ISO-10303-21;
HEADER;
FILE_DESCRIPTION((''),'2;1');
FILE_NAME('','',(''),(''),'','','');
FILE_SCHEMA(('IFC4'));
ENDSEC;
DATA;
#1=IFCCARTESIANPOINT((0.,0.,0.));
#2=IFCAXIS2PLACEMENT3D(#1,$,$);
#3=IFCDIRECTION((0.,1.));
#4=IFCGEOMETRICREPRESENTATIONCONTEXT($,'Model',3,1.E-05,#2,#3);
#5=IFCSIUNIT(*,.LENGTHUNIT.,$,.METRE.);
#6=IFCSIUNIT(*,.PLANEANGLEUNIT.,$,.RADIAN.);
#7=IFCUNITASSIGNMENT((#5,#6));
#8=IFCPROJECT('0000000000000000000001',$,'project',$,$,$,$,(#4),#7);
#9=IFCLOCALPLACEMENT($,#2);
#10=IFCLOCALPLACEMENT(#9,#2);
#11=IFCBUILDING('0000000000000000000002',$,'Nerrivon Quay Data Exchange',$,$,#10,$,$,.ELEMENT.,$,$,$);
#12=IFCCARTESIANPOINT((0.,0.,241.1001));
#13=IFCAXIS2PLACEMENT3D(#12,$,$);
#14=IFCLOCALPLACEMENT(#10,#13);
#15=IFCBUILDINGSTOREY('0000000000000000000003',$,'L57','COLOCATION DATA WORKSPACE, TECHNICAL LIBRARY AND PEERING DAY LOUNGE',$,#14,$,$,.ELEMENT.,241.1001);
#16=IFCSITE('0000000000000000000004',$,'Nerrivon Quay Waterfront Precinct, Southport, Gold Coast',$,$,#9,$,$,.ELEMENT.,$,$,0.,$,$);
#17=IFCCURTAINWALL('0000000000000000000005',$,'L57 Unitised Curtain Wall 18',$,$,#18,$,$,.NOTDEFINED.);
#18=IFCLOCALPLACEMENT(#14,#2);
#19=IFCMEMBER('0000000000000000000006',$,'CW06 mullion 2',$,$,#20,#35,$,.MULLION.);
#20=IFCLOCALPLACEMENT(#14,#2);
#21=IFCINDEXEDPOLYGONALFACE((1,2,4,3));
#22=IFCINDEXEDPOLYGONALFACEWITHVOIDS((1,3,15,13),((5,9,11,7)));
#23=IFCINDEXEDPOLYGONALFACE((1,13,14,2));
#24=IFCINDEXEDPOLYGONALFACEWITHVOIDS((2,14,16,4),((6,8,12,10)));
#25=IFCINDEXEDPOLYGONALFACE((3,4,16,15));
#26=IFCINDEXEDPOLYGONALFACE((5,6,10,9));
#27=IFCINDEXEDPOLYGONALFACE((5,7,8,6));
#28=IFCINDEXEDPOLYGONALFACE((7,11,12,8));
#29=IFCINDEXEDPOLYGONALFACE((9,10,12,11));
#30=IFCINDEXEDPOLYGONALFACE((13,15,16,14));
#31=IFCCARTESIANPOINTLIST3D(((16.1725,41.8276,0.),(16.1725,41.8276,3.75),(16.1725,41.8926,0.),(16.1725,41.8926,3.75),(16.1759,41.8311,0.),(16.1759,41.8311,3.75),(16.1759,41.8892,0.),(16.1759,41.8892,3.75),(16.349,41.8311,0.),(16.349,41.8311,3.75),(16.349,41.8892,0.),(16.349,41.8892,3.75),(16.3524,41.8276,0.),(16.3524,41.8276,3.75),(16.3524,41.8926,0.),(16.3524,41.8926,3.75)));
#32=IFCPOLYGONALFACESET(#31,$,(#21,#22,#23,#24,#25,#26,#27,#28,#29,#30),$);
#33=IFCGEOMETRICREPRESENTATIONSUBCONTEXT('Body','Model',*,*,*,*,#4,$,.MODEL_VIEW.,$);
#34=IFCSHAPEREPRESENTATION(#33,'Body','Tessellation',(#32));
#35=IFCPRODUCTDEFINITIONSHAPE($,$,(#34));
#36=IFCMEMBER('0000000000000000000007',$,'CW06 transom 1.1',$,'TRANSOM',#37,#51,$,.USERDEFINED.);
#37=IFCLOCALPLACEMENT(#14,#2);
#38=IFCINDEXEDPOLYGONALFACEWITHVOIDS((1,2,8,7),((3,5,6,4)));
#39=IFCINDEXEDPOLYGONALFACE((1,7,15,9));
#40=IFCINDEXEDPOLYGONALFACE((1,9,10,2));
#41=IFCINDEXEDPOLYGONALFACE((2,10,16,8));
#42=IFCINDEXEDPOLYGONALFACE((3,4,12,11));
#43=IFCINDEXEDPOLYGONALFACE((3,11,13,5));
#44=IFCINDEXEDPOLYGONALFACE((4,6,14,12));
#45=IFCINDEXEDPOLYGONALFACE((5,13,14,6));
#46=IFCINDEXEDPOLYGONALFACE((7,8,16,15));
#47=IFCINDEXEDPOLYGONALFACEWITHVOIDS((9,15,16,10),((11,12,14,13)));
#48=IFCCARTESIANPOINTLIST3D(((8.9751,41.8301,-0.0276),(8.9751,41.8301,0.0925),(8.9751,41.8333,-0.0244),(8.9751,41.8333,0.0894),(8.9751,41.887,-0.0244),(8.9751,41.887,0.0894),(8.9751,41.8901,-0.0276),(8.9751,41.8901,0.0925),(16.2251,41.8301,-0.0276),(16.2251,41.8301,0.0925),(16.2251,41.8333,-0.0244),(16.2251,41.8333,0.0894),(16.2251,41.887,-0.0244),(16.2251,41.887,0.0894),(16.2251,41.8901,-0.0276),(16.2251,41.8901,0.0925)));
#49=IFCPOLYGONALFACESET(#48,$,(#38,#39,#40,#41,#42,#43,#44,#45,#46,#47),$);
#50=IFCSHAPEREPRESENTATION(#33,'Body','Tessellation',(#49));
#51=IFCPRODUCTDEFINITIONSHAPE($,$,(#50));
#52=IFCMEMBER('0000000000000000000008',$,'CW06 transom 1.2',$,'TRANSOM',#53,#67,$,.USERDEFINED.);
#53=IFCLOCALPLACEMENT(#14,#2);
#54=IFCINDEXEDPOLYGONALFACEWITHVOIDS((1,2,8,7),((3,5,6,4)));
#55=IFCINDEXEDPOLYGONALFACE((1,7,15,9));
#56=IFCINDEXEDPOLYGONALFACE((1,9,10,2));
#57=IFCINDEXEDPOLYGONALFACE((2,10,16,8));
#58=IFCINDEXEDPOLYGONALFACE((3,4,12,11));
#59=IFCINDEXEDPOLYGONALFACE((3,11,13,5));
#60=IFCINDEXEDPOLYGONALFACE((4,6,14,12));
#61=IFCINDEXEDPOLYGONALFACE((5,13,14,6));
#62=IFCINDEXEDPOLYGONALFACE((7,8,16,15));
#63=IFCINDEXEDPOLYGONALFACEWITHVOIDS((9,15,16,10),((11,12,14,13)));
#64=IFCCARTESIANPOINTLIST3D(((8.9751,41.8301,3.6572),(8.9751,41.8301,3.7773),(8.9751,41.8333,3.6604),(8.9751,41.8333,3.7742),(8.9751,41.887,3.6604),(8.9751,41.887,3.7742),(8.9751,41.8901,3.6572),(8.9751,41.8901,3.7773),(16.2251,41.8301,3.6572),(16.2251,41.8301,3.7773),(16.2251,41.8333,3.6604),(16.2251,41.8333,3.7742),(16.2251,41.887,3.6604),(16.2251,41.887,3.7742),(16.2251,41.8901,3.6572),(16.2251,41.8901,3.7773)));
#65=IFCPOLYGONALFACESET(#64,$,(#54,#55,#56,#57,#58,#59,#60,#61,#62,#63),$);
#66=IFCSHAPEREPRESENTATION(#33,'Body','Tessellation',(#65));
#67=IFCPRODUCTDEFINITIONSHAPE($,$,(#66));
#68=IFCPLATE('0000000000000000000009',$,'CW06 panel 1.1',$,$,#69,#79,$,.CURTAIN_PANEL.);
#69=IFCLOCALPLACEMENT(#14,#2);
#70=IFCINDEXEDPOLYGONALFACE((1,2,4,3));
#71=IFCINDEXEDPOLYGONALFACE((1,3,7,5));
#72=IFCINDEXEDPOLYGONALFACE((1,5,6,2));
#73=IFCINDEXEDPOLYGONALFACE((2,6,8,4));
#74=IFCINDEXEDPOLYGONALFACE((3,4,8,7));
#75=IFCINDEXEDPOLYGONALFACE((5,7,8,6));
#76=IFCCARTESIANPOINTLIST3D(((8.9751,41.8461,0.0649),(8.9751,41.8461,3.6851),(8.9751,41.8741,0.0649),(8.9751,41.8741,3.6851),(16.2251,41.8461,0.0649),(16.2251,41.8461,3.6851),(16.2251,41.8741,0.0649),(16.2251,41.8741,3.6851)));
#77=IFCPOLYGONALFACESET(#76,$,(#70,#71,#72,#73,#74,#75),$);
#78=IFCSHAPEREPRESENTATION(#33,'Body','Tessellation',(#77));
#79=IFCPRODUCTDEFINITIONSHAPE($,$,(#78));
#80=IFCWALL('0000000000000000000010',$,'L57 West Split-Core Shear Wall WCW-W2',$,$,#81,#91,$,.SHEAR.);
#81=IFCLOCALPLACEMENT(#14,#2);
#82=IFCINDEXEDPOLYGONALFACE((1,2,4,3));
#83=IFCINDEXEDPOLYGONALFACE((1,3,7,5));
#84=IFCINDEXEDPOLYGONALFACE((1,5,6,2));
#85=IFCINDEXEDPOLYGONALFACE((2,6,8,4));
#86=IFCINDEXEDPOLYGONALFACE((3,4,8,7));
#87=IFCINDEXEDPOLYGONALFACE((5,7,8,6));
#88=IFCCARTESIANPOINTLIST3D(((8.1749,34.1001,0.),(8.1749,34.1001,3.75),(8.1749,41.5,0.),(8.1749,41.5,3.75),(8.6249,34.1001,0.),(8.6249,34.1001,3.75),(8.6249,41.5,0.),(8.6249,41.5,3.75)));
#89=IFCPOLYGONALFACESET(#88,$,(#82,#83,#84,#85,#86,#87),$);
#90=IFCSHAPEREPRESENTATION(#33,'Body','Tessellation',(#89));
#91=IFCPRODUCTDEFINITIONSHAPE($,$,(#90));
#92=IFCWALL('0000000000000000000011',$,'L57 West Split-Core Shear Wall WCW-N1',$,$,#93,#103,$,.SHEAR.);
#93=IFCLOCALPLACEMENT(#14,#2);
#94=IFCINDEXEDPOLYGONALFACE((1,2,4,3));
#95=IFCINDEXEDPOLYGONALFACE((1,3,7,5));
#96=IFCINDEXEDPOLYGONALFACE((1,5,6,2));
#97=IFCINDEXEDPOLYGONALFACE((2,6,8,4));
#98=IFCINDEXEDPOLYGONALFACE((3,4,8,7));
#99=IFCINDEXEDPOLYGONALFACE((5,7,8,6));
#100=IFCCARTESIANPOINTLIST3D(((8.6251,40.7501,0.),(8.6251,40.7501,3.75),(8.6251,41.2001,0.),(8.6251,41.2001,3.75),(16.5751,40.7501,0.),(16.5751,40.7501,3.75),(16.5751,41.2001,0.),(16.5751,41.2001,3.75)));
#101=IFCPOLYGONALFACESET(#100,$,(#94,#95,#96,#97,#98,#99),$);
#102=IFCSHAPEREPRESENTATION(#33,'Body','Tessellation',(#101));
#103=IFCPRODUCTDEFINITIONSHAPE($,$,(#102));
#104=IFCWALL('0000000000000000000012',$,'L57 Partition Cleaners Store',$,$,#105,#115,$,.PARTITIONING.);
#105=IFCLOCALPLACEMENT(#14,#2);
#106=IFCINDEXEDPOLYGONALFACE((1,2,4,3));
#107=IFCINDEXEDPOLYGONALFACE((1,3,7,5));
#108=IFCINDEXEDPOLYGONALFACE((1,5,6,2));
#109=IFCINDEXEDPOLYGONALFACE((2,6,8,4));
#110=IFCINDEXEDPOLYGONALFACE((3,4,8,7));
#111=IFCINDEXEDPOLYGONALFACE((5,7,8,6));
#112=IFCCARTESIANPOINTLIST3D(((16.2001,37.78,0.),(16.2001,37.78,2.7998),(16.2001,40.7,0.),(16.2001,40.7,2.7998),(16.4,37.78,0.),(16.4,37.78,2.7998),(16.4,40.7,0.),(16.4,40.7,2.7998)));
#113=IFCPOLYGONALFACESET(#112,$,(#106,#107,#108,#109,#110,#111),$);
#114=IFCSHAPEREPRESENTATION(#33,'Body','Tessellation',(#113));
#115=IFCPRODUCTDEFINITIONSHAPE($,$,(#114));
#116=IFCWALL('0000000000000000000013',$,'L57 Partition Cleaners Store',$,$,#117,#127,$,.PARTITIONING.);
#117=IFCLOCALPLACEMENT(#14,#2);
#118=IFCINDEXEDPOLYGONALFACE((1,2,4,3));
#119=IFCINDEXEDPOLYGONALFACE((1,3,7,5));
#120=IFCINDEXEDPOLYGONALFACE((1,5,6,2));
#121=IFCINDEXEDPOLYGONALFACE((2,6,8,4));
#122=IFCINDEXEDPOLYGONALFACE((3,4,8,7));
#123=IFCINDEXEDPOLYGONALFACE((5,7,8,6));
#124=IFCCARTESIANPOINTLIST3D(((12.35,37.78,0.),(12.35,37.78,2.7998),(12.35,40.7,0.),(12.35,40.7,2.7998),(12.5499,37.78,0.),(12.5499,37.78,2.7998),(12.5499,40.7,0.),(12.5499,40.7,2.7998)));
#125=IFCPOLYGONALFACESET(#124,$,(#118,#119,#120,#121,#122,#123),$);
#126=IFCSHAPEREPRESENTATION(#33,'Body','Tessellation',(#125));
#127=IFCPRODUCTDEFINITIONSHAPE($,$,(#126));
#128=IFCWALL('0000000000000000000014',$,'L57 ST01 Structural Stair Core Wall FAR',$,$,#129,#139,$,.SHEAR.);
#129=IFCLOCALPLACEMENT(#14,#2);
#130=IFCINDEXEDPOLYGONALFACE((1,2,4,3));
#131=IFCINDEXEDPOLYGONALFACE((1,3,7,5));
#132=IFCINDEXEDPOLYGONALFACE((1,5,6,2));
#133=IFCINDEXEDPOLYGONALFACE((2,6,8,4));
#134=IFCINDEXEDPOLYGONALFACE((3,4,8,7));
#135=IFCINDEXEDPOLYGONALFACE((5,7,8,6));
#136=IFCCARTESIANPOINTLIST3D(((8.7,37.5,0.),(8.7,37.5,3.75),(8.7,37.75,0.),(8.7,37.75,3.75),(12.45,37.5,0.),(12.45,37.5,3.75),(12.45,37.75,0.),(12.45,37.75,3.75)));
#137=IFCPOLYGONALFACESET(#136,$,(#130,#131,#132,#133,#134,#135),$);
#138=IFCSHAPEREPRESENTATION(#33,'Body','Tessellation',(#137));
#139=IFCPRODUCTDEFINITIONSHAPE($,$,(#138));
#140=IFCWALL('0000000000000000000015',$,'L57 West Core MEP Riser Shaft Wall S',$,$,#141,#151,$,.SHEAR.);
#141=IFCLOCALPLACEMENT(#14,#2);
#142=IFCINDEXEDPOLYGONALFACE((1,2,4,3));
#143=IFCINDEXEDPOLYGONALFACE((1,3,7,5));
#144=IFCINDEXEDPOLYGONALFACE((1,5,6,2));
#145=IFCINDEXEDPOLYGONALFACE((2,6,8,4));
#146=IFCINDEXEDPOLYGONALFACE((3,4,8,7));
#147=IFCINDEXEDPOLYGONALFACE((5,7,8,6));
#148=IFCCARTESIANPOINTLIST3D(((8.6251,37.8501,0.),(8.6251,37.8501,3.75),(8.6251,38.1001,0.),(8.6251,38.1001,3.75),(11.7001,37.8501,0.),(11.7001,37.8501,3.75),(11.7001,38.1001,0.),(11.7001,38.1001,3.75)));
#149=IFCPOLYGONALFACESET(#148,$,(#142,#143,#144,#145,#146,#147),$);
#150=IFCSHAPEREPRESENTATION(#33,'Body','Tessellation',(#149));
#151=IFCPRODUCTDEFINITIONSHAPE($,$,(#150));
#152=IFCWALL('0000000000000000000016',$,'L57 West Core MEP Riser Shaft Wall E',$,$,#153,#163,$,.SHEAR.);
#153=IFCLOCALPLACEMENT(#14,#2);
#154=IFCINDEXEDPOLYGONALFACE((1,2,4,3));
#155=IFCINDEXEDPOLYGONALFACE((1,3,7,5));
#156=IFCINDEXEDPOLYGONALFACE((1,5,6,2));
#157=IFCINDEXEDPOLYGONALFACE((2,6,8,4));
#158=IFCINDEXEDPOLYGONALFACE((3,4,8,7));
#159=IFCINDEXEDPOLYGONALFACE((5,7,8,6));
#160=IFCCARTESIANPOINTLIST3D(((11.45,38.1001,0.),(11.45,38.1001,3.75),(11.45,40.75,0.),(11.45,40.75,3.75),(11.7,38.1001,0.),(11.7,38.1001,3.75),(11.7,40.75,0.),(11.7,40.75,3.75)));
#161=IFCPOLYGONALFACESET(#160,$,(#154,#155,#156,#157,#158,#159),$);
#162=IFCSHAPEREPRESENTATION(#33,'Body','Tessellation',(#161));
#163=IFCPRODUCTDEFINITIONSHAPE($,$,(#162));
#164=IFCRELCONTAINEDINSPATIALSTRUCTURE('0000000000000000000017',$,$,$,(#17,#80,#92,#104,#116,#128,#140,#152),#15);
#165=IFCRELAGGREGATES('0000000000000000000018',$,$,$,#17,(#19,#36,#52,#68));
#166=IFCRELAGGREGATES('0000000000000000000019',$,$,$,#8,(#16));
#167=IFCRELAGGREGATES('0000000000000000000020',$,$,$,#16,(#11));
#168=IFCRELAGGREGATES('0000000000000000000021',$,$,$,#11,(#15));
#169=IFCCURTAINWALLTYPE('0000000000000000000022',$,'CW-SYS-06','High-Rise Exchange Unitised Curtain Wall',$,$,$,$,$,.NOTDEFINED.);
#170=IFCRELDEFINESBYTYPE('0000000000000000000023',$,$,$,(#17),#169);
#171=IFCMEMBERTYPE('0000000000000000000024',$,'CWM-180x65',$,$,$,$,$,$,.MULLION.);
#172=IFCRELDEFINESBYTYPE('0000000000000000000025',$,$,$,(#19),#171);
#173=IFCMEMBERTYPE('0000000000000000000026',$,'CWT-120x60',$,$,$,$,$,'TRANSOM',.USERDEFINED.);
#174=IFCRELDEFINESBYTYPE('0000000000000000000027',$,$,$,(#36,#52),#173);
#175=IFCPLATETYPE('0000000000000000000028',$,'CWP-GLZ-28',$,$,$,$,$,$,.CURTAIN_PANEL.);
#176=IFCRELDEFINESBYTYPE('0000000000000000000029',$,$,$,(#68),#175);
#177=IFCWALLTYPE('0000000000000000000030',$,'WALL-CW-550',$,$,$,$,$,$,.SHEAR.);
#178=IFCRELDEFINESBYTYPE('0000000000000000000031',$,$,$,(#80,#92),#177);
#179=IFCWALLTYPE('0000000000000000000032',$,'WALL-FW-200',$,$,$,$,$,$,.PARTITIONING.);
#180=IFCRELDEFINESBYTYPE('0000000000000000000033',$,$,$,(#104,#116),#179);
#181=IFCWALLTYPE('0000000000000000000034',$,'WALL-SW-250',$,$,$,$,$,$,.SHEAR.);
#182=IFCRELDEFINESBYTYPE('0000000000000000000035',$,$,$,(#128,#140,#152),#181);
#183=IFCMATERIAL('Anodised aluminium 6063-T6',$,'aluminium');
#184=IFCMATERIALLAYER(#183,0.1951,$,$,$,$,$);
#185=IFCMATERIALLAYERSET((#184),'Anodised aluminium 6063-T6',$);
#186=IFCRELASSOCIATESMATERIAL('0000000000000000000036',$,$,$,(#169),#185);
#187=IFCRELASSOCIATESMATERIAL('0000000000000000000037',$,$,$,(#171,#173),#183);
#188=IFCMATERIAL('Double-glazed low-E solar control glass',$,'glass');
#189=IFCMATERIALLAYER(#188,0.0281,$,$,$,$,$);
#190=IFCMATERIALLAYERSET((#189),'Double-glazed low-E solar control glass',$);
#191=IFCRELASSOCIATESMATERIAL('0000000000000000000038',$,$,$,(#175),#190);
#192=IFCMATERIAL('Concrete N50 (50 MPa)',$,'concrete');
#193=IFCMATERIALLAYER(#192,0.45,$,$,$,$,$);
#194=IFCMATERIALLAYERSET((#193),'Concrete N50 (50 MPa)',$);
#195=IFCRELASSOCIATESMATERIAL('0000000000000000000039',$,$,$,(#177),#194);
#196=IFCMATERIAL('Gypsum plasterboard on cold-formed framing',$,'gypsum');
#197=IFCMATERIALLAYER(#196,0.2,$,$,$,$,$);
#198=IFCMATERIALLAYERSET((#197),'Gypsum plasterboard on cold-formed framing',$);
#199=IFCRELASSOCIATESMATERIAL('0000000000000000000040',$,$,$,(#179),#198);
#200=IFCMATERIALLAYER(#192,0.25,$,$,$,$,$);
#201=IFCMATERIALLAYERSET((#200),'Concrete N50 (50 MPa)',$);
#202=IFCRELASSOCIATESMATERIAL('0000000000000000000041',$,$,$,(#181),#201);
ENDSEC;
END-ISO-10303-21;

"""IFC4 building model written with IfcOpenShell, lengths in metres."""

from ifc_helpers import new_model, si_unit, direction, frame, frame_2d, origin, origin_2d, place, context, subcontext, project, spatial, rectangle, hollow_rectangle, extrude, material, layer, layer_set, material_profile, profile_set, type_object, element, aggregate, save


model = new_model("IFC4")

# Units and contexts
model_context = context("Model", 3, precision=1e-05, world=origin(), true_north=direction((0.0, 1.0)))
body_context = subcontext(model_context, "Body", "Model", "MODEL_VIEW")
ifc_project = project(units=[si_unit("LENGTHUNIT", "METRE"), si_unit("PLANEANGLEUNIT", "RADIAN")], contexts=[model_context])

# Site, building, storey
site_placement = place(None, origin())
site = spatial("IfcSite", under=ifc_project, at=site_placement, Name="Nerrivon Quay Waterfront Precinct, Southport, Gold Coast", CompositionType="ELEMENT", RefElevation=0.0)
building_placement = place(site_placement, origin())
building = spatial("IfcBuilding", under=site, at=building_placement, Name="Nerrivon Quay Data Exchange", CompositionType="ELEMENT")
storey_placement = place(building_placement, frame((0.0, 0.0, 241.1001)))
storey = spatial("IfcBuildingStorey", under=building, at=storey_placement, Name="L57", Description="COLOCATION DATA WORKSPACE, TECHNICAL LIBRARY AND PEERING DAY LOUNGE", CompositionType="ELEMENT", Elevation=241.1001)

# Shared definitions
ifc_material_1 = material(Name="Concrete N50 (50 MPa)", Category="concrete")

# Curtain wall, members, plate
ifc_material_2 = material(Name="Anodised aluminium 6063-T6", Category="aluminium")
ifc_layer_1 = layer(ifc_material_2, 0.1951)
ifc_layer_set_1 = layer_set([ifc_layer_1], Name="Anodised aluminium 6063-T6")
curtain_wall_type = type_object("IfcCurtainWallType", Name="CW-SYS-06", Description="High-Rise Exchange Unitised Curtain Wall", PredefinedType="NOTDEFINED", material=ifc_layer_set_1)
curtain_wall_placement = place(storey_placement, origin())
curtain_wall = element("IfcCurtainWall", 1, at=curtain_wall_placement, inside=storey, type_object=curtain_wall_type, Name="L57 Unitised Curtain Wall 18", PredefinedType="NOTDEFINED")
ifc_material_profile_1 = material_profile(ifc_material_2, hollow_rectangle(XDim=0.0649, YDim=0.1799, WallThickness=0.0034, at=origin_2d()), Name="ALU-MULL-180x65")
ifc_profile_set_1 = profile_set([ifc_material_profile_1], Name="Anodised aluminium 6063-T6")
member_type_1 = type_object("IfcMemberType", Name="CWM-180x65", PredefinedType="MULLION", material=ifc_profile_set_1)
member_1_placement = place(storey_placement, frame((16.2625, 41.8601, 0.0), z_axis=(0.0, 0.0, 1.0), x_axis=(0.0, 1.0, 0.0)))
member_1 = element("IfcMember", 2, at=member_1_placement, type_object=member_type_1, Name="CW06 mullion 2", PredefinedType="MULLION", context=body_context, shape_type="SweptSolid", body=[
    extrude(hollow_rectangle(XDim=0.0649, YDim=0.1799, WallThickness=0.0034, at=origin_2d()), origin(), (0.0, 0.0, 1.0), 3.75),
])
ifc_material_profile_2 = material_profile(ifc_material_2, hollow_rectangle(XDim=0.0601, YDim=0.1201, WallThickness=0.0032, at=origin_2d()), Name="ALU-TRAN-120x60")
ifc_profile_set_2 = profile_set([ifc_material_profile_2], Name="Anodised aluminium 6063-T6")
member_type_2 = type_object("IfcMemberType", Name="CWT-120x60", ElementType="TRANSOM", PredefinedType="USERDEFINED", material=ifc_profile_set_2)
member_2_placement = place(storey_placement, frame((8.9751, 41.8601, 0.0325), z_axis=(1.0, 0.0, 0.0), x_axis=(0.0, 1.0, 0.0)))
member_2 = element("IfcMember", 3, at=member_2_placement, type_object=member_type_2, Name="CW06 transom 1.1", ObjectType="TRANSOM", PredefinedType="USERDEFINED", context=body_context, shape_type="SweptSolid", body=[
    extrude(hollow_rectangle(XDim=0.0601, YDim=0.1201, WallThickness=0.0032, at=origin_2d()), origin(), (0.0, 0.0, 1.0), 7.25),
])
member_3_placement = place(storey_placement, frame((8.9751, 41.8601, 3.7173), z_axis=(1.0, 0.0, 0.0), x_axis=(0.0, 1.0, 0.0)))
member_3 = element("IfcMember", 4, at=member_3_placement, type_object=member_type_2, Name="CW06 transom 1.2", ObjectType="TRANSOM", PredefinedType="USERDEFINED", context=body_context, shape_type="SweptSolid", body=[
    extrude(hollow_rectangle(XDim=0.0601, YDim=0.1201, WallThickness=0.0032, at=origin_2d()), origin(), (0.0, 0.0, 1.0), 7.25),
])
ifc_material_3 = material(Name="Double-glazed low-E solar control glass", Category="glass")
ifc_layer_2 = layer(ifc_material_3, 0.0281)
ifc_layer_set_2 = layer_set([ifc_layer_2], Name="Double-glazed low-E solar control glass")
plate_type = type_object("IfcPlateType", Name="CWP-GLZ-28", PredefinedType="CURTAIN_PANEL", material=ifc_layer_set_2)
plate_placement = place(storey_placement, frame((12.6001, 41.8601, 0.0649), z_axis=(0.0, 0.0, 1.0), x_axis=(1.0, 0.0, 0.0)))
plate = element("IfcPlate", 5, at=plate_placement, type_object=plate_type, Name="CW06 panel 1.1", PredefinedType="CURTAIN_PANEL", context=body_context, shape_type="SweptSolid", body=[
    extrude(rectangle(XDim=7.25, YDim=0.0281, at=origin_2d()), origin(), (0.0, 0.0, 1.0), 3.6201),
])
aggregate(curtain_wall, [member_1, member_2, member_3, plate])

# Walls
ifc_layer_3 = layer(ifc_material_1, 0.45)
ifc_layer_set_3 = layer_set([ifc_layer_3], Name="Concrete N50 (50 MPa)")
wall_type_1 = type_object("IfcWallType", Name="WALL-CW-550", PredefinedType="SHEAR", material=ifc_layer_set_3)
wall_1_placement = place(storey_placement, frame((8.3999, 34.1001, 0.0), z_axis=(0.0, 0.0, 1.0), x_axis=(0.0, 1.0, 0.0)))
element("IfcWall", 6, at=wall_1_placement, inside=storey, type_object=wall_type_1, Name="L57 West Split-Core Shear Wall WCW-W2", PredefinedType="SHEAR", context=body_context, shape_type="SweptSolid", body=[
    extrude(rectangle(XDim=7.3999, YDim=0.45, at=frame_2d((3.7, 0.0))), origin(), (0.0, 0.0, 1.0), 3.75),
])
wall_2_placement = place(storey_placement, frame((8.625, 40.9751, 0.0), z_axis=(0.0, 0.0, 1.0), x_axis=(1.0, 0.0, 0.0)))
element("IfcWall", 7, at=wall_2_placement, inside=storey, type_object=wall_type_1, Name="L57 West Split-Core Shear Wall WCW-N1", PredefinedType="SHEAR", context=body_context, shape_type="SweptSolid", body=[
    extrude(rectangle(XDim=7.95, YDim=0.45, at=frame_2d((3.9751, 0.0))), origin(), (0.0, 0.0, 1.0), 3.75),
])
ifc_material_4 = material(Name="Gypsum plasterboard on cold-formed framing", Category="gypsum")
ifc_layer_4 = layer(ifc_material_4, 0.2)
ifc_layer_set_4 = layer_set([ifc_layer_4], Name="Gypsum plasterboard on cold-formed framing")
wall_type_2 = type_object("IfcWallType", Name="WALL-FW-200", PredefinedType="PARTITIONING", material=ifc_layer_set_4)
for number, where, z_axis, x_axis, name in (
    (8, (16.3, 37.78, 0.0), (0.0, 0.0, 1.0), (0.0, 1.0, 0.0), "L57 Partition Cleaners Store"),
    (9, (12.45, 40.7, 0.0), (0.0, 0.0, 1.0), (0.0, -1.0, 0.0), "L57 Partition Cleaners Store"),
):
    element("IfcWall", number, at=place(storey_placement, frame(where, z_axis=z_axis, x_axis=x_axis)), inside=storey, type_object=wall_type_2, Name=name, PredefinedType="PARTITIONING", context=body_context, shape_type="SweptSolid", body=[
        extrude(rectangle(XDim=2.9199, YDim=0.2, at=frame_2d((1.46, 0.0))), origin(), (0.0, 0.0, 1.0), 2.7998),
    ])
ifc_layer_5 = layer(ifc_material_1, 0.25)
ifc_layer_set_5 = layer_set([ifc_layer_5], Name="Concrete N50 (50 MPa)")
wall_type_3 = type_object("IfcWallType", Name="WALL-SW-250", PredefinedType="SHEAR", material=ifc_layer_set_5)
wall_3_placement = place(storey_placement, frame((12.45, 37.625, 0.0), z_axis=(0.0, 0.0, 1.0), x_axis=(-1.0, 0.0, 0.0)))
element("IfcWall", 10, at=wall_3_placement, inside=storey, type_object=wall_type_3, Name="L57 ST01 Structural Stair Core Wall FAR", PredefinedType="SHEAR", context=body_context, shape_type="SweptSolid", body=[
    extrude(rectangle(XDim=3.75, YDim=0.25, at=frame_2d((1.875, 0.0))), origin(), (0.0, 0.0, 1.0), 3.75),
])
wall_4_placement = place(storey_placement, frame((8.625, 37.9751, 0.0), z_axis=(0.0, 0.0, 1.0), x_axis=(1.0, 0.0, 0.0)))
element("IfcWall", 11, at=wall_4_placement, inside=storey, type_object=wall_type_3, Name="L57 West Core MEP Riser Shaft Wall S", PredefinedType="SHEAR", context=body_context, shape_type="SweptSolid", body=[
    extrude(rectangle(XDim=3.075, YDim=0.25, at=frame_2d((1.5376, 0.0))), origin(), (0.0, 0.0, 1.0), 3.75),
])
wall_5_placement = place(storey_placement, frame((11.575, 38.1001, 0.0), z_axis=(0.0, 0.0, 1.0), x_axis=(0.0, 1.0, 0.0)))
element("IfcWall", 12, at=wall_5_placement, inside=storey, type_object=wall_type_3, Name="L57 West Core MEP Riser Shaft Wall E", PredefinedType="SHEAR", context=body_context, shape_type="SweptSolid", body=[
    extrude(rectangle(XDim=2.6499, YDim=0.25, at=frame_2d((1.325, 0.0))), origin(), (0.0, 0.0, 1.0), 3.75),
])

save(model, "model.ifc")
